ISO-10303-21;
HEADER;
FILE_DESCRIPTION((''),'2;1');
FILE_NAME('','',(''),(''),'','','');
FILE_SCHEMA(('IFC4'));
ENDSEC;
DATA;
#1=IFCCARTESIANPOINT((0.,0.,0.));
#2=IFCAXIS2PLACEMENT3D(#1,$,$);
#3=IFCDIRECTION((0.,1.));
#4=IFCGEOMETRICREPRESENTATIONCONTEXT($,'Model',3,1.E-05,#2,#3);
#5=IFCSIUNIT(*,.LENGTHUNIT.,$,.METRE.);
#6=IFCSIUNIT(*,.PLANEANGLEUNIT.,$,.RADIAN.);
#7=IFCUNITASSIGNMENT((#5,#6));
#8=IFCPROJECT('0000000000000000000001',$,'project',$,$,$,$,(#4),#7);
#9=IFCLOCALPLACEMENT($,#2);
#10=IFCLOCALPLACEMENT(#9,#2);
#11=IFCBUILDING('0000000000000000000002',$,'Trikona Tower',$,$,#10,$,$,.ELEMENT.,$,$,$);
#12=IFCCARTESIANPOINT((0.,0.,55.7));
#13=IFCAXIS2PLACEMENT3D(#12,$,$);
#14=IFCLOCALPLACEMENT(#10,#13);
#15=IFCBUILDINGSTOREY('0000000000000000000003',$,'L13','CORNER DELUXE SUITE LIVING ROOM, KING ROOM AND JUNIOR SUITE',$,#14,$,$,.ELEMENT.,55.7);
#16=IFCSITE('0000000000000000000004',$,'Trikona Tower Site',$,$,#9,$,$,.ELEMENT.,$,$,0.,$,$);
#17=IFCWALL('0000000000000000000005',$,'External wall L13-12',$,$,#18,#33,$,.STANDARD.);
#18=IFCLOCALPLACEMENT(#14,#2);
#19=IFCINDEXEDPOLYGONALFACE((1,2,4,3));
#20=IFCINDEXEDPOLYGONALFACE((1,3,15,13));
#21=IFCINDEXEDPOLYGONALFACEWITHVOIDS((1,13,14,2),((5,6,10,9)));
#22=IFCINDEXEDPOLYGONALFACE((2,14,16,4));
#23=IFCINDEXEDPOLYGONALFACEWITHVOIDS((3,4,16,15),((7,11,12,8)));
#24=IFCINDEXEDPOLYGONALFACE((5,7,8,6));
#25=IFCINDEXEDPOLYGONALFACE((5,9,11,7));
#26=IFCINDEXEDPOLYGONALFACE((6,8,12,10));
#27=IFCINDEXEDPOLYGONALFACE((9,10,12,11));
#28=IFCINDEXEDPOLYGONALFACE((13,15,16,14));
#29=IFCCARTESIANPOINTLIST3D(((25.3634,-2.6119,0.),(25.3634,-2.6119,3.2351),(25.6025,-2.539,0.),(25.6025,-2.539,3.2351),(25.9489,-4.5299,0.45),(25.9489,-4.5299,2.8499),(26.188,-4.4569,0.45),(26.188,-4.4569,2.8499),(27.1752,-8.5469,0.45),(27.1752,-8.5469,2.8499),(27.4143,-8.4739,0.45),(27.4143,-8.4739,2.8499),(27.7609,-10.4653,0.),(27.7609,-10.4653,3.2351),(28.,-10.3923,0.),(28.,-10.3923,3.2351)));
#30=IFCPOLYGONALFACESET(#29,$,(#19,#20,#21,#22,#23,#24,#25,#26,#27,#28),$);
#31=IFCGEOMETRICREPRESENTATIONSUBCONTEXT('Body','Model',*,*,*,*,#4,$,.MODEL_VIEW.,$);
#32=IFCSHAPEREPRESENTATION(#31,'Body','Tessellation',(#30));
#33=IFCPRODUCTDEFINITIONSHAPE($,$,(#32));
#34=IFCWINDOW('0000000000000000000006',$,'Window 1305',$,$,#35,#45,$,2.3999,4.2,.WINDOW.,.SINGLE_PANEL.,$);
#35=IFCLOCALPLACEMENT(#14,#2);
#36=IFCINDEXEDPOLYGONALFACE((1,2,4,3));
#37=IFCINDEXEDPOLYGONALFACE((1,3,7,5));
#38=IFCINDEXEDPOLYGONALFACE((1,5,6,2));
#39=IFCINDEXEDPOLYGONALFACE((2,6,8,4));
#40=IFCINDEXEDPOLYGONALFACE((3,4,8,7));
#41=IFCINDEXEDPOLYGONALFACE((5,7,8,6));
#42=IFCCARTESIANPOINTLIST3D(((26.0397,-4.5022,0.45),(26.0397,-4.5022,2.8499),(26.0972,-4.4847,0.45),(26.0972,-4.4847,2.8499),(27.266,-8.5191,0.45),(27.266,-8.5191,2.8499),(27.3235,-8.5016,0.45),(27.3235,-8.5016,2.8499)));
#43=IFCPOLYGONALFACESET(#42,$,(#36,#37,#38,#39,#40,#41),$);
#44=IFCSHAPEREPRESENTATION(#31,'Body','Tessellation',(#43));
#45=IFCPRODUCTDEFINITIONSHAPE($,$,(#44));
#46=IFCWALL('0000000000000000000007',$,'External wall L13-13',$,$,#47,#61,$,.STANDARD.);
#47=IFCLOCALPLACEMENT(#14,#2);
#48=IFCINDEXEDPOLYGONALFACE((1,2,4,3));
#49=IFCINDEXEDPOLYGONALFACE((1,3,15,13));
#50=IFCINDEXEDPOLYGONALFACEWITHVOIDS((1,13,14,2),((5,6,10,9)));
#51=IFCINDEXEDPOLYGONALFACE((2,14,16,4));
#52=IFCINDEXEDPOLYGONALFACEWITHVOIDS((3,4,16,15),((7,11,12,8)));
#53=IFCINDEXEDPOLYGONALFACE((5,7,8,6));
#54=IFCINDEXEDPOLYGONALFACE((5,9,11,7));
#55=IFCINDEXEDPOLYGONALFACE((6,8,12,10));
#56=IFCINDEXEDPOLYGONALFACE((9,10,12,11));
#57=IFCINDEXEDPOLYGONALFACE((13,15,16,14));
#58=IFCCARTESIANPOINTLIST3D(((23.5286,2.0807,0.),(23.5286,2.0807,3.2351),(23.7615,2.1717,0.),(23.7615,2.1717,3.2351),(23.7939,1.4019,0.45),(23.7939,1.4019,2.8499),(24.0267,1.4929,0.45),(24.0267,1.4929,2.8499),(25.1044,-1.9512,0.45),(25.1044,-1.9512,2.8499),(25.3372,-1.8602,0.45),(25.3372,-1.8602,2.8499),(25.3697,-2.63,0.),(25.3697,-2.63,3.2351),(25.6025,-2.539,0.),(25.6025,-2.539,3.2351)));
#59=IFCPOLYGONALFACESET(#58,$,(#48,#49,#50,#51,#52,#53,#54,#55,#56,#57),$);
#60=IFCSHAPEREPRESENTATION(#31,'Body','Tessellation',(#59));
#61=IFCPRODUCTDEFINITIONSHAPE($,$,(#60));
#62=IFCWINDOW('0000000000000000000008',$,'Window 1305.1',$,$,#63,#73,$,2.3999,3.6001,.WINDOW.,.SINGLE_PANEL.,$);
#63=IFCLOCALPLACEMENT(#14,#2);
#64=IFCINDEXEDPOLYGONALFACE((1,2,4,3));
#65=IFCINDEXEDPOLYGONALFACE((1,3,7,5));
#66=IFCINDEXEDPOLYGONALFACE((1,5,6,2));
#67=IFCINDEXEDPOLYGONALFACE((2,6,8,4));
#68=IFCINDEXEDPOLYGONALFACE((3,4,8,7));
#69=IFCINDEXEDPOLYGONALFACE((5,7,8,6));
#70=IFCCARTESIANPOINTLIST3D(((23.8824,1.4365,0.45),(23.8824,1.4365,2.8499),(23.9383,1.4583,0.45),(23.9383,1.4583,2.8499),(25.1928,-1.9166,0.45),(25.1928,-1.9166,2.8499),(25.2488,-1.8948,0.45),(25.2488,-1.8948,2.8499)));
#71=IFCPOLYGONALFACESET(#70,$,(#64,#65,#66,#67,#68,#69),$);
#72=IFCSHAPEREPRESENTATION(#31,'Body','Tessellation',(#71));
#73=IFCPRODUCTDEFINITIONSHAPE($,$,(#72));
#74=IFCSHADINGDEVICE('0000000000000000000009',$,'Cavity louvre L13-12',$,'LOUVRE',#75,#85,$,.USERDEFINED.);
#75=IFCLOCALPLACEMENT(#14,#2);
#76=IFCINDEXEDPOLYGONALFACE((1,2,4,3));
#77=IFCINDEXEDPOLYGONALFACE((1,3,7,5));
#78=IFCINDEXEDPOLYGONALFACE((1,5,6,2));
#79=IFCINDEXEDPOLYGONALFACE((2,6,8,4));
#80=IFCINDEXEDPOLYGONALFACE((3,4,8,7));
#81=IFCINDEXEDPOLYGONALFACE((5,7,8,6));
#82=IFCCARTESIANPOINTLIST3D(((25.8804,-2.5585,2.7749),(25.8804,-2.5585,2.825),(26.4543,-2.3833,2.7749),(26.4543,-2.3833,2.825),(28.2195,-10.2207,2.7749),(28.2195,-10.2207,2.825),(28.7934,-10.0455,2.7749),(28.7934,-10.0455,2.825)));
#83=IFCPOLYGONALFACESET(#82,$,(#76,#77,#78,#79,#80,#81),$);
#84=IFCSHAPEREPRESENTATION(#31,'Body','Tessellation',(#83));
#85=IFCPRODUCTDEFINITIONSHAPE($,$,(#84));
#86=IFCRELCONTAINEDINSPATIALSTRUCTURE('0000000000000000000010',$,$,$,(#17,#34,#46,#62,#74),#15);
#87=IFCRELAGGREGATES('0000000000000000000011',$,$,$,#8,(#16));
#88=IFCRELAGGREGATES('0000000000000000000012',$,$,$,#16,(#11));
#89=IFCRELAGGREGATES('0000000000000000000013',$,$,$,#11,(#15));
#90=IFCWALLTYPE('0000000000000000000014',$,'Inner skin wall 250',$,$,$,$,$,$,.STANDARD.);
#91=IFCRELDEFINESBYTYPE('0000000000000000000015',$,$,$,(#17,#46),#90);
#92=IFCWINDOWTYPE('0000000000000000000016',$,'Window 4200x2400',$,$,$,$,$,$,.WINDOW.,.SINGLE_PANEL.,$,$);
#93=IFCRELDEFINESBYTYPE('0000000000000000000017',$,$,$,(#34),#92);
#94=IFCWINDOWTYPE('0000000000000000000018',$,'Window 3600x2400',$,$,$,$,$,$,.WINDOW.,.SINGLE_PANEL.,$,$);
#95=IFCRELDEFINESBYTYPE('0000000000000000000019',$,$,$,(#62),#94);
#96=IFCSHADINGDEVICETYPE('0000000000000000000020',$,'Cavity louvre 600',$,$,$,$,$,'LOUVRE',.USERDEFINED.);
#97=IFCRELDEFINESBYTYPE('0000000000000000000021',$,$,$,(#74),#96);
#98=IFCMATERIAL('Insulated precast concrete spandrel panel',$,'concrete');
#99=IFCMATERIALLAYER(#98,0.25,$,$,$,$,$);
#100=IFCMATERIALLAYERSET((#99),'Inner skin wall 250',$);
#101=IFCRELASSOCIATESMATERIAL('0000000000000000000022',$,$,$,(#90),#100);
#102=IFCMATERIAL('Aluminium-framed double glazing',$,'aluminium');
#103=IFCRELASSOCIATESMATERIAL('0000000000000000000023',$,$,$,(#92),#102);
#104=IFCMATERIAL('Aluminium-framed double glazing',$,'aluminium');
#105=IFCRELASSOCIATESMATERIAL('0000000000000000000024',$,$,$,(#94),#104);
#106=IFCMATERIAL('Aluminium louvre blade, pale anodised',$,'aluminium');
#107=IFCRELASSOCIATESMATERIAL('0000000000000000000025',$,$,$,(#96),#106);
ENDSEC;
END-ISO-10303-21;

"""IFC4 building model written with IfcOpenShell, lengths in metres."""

from ifc_helpers import new_model, si_unit, direction, frame, frame_2d, origin, origin_2d, place, context, subcontext, project, spatial, rectangle, extrude, material, layer, layer_set, type_object, element, fill, save


model = new_model("IFC4")

# Units and contexts
model_context = context("Model", 3, precision=1e-05, world=origin(), true_north=direction((0.0, 1.0)))
body_context = subcontext(model_context, "Body", "Model", "MODEL_VIEW")
ifc_project = project(units=[si_unit("LENGTHUNIT", "METRE"), si_unit("PLANEANGLEUNIT", "RADIAN")], contexts=[model_context])

# Site, building, storey
site_placement = place(None, origin())
site = spatial("IfcSite", under=ifc_project, at=site_placement, Name="Trikona Tower Site", CompositionType="ELEMENT", RefElevation=0.0)
building_placement = place(site_placement, origin())
building = spatial("IfcBuilding", under=site, at=building_placement, Name="Trikona Tower", CompositionType="ELEMENT")
storey_placement = place(building_placement, frame((0.0, 0.0, 55.7)))
storey = spatial("IfcBuildingStorey", under=building, at=storey_placement, Name="L13", Description="CORNER DELUXE SUITE LIVING ROOM, KING ROOM AND JUNIOR SUITE", CompositionType="ELEMENT", Elevation=55.7)

# Walls, openings, windows
ifc_material_1 = material(Name="Insulated precast concrete spandrel panel", Category="concrete")
ifc_layer_1 = layer(ifc_material_1, 0.25)
ifc_layer_set_1 = layer_set([ifc_layer_1], Name="Inner skin wall 250")
wall_type = type_object("IfcWallType", Name="Inner skin wall 250", PredefinedType="STANDARD", material=ifc_layer_set_1)
wall_1_placement = place(storey_placement, frame((27.8804, -10.4287, 0.0), z_axis=(0.0, 0.0, 1.0), x_axis=(-0.291979, 0.956425, 0.0)))
wall_1 = element("IfcWall", 1, at=wall_1_placement, inside=storey, type_object=wall_type, Name="External wall L13-12", PredefinedType="STANDARD", context=body_context, shape_type="SweptSolid", body=[
    extrude(rectangle(XDim=8.2112, YDim=0.25, at=frame_2d((4.1055, 0.0))), origin(), (0.0, 0.0, 1.0), 3.2351),
])
opening_1_placement = place(wall_1_placement, frame((2.0056, 0.0, 0.45)))
opening_1 = element("IfcOpeningElement", 2, at=opening_1_placement, cuts=wall_1, PredefinedType="OPENING", context=body_context, shape_type="SweptSolid", body=[
    extrude(rectangle(XDim=4.2, YDim=2.3999, at=frame_2d((2.1001, 1.2))), frame((0.0, 0.135, 0.0), z_axis=(0.0, -1.0, 0.0), x_axis=(1.0, 0.0, 0.0)), (0.0, 0.0, 1.0), 0.27),
])
ifc_material_2 = material(Name="Aluminium-framed double glazing", Category="aluminium")
window_type_1 = type_object("IfcWindowType", Name="Window 4200x2400", PartitioningType="SINGLE_PANEL", PredefinedType="WINDOW", material=ifc_material_2)
window_1_placement = place(opening_1_placement, origin())
window_1 = element("IfcWindow", 3, at=window_1_placement, inside=storey, type_object=window_type_1, Name="Window 1305", OverallHeight=2.3999, OverallWidth=4.2, PartitioningType="SINGLE_PANEL", PredefinedType="WINDOW", context=body_context, shape_type="SweptSolid", body=[
    extrude(rectangle(XDim=4.2, YDim=2.3999, at=frame_2d((2.1001, 1.2))), frame((0.0, 0.03, 0.0), z_axis=(0.0, -1.0, 0.0), x_axis=(1.0, 0.0, 0.0)), (0.0, 0.0, 1.0), 0.0601),
])
fill(opening_1, window_1)
wall_2_placement = place(storey_placement, frame((25.4861, -2.5845, 0.0), z_axis=(0.0, 0.0, 1.0), x_axis=(-0.364013, 0.931394, 0.0)))
wall_2 = element("IfcWall", 4, at=wall_2_placement, inside=storey, type_object=wall_type, Name="External wall L13-13", PredefinedType="STANDARD", context=body_context, shape_type="SweptSolid", body=[
    extrude(rectangle(XDim=5.0576, YDim=0.25, at=frame_2d((2.5288, 0.0))), origin(), (0.0, 0.0, 1.0), 3.2351),
])
opening_2_placement = place(wall_2_placement, frame((0.7288, 0.0, 0.45)))
opening_2 = element("IfcOpeningElement", 5, at=opening_2_placement, cuts=wall_2, PredefinedType="OPENING", context=body_context, shape_type="SweptSolid", body=[
    extrude(rectangle(XDim=3.6001, YDim=2.3999, at=frame_2d((1.8, 1.2))), frame((0.0, 0.135, 0.0), z_axis=(0.0, -1.0, 0.0), x_axis=(1.0, 0.0, 0.0)), (0.0, 0.0, 1.0), 0.27),
])
ifc_material_3 = material(Name="Aluminium-framed double glazing", Category="aluminium")
window_type_2 = type_object("IfcWindowType", Name="Window 3600x2400", PartitioningType="SINGLE_PANEL", PredefinedType="WINDOW", material=ifc_material_3)
window_2_placement = place(opening_2_placement, origin())
window_2 = element("IfcWindow", 6, at=window_2_placement, inside=storey, type_object=window_type_2, Name="Window 1305.1", OverallHeight=2.3999, OverallWidth=3.6001, PartitioningType="SINGLE_PANEL", PredefinedType="WINDOW", context=body_context, shape_type="SweptSolid", body=[
    extrude(rectangle(XDim=3.6001, YDim=2.3999, at=frame_2d((1.8, 1.2))), frame((0.0, 0.03, 0.0), z_axis=(0.0, -1.0, 0.0), x_axis=(1.0, 0.0, 0.0)), (0.0, 0.0, 1.0), 0.0601),
])
fill(opening_2, window_2)

# Shading device
ifc_material_4 = material(Name="Aluminium louvre blade, pale anodised", Category="aluminium")
shading_device_type = type_object("IfcShadingDeviceType", Name="Cavity louvre 600", ElementType="LOUVRE", PredefinedType="USERDEFINED", material=ifc_material_4)
shading_device_placement = place(storey_placement, frame((27.3369, -6.302, 2.7749), z_axis=(0.0, 0.0, 1.0), x_axis=(-0.291979, 0.956425, 0.0)))
element("IfcShadingDevice", 7, at=shading_device_placement, inside=storey, type_object=shading_device_type, Name="Cavity louvre L13-12", ObjectType="LOUVRE", PredefinedType="USERDEFINED", context=body_context, shape_type="SweptSolid", body=[
    extrude(rectangle(XDim=8.0112, YDim=0.6001, at=origin_2d()), origin(), (0.0, 0.0, 1.0), 0.05),
])

save(model, "model.ifc")
